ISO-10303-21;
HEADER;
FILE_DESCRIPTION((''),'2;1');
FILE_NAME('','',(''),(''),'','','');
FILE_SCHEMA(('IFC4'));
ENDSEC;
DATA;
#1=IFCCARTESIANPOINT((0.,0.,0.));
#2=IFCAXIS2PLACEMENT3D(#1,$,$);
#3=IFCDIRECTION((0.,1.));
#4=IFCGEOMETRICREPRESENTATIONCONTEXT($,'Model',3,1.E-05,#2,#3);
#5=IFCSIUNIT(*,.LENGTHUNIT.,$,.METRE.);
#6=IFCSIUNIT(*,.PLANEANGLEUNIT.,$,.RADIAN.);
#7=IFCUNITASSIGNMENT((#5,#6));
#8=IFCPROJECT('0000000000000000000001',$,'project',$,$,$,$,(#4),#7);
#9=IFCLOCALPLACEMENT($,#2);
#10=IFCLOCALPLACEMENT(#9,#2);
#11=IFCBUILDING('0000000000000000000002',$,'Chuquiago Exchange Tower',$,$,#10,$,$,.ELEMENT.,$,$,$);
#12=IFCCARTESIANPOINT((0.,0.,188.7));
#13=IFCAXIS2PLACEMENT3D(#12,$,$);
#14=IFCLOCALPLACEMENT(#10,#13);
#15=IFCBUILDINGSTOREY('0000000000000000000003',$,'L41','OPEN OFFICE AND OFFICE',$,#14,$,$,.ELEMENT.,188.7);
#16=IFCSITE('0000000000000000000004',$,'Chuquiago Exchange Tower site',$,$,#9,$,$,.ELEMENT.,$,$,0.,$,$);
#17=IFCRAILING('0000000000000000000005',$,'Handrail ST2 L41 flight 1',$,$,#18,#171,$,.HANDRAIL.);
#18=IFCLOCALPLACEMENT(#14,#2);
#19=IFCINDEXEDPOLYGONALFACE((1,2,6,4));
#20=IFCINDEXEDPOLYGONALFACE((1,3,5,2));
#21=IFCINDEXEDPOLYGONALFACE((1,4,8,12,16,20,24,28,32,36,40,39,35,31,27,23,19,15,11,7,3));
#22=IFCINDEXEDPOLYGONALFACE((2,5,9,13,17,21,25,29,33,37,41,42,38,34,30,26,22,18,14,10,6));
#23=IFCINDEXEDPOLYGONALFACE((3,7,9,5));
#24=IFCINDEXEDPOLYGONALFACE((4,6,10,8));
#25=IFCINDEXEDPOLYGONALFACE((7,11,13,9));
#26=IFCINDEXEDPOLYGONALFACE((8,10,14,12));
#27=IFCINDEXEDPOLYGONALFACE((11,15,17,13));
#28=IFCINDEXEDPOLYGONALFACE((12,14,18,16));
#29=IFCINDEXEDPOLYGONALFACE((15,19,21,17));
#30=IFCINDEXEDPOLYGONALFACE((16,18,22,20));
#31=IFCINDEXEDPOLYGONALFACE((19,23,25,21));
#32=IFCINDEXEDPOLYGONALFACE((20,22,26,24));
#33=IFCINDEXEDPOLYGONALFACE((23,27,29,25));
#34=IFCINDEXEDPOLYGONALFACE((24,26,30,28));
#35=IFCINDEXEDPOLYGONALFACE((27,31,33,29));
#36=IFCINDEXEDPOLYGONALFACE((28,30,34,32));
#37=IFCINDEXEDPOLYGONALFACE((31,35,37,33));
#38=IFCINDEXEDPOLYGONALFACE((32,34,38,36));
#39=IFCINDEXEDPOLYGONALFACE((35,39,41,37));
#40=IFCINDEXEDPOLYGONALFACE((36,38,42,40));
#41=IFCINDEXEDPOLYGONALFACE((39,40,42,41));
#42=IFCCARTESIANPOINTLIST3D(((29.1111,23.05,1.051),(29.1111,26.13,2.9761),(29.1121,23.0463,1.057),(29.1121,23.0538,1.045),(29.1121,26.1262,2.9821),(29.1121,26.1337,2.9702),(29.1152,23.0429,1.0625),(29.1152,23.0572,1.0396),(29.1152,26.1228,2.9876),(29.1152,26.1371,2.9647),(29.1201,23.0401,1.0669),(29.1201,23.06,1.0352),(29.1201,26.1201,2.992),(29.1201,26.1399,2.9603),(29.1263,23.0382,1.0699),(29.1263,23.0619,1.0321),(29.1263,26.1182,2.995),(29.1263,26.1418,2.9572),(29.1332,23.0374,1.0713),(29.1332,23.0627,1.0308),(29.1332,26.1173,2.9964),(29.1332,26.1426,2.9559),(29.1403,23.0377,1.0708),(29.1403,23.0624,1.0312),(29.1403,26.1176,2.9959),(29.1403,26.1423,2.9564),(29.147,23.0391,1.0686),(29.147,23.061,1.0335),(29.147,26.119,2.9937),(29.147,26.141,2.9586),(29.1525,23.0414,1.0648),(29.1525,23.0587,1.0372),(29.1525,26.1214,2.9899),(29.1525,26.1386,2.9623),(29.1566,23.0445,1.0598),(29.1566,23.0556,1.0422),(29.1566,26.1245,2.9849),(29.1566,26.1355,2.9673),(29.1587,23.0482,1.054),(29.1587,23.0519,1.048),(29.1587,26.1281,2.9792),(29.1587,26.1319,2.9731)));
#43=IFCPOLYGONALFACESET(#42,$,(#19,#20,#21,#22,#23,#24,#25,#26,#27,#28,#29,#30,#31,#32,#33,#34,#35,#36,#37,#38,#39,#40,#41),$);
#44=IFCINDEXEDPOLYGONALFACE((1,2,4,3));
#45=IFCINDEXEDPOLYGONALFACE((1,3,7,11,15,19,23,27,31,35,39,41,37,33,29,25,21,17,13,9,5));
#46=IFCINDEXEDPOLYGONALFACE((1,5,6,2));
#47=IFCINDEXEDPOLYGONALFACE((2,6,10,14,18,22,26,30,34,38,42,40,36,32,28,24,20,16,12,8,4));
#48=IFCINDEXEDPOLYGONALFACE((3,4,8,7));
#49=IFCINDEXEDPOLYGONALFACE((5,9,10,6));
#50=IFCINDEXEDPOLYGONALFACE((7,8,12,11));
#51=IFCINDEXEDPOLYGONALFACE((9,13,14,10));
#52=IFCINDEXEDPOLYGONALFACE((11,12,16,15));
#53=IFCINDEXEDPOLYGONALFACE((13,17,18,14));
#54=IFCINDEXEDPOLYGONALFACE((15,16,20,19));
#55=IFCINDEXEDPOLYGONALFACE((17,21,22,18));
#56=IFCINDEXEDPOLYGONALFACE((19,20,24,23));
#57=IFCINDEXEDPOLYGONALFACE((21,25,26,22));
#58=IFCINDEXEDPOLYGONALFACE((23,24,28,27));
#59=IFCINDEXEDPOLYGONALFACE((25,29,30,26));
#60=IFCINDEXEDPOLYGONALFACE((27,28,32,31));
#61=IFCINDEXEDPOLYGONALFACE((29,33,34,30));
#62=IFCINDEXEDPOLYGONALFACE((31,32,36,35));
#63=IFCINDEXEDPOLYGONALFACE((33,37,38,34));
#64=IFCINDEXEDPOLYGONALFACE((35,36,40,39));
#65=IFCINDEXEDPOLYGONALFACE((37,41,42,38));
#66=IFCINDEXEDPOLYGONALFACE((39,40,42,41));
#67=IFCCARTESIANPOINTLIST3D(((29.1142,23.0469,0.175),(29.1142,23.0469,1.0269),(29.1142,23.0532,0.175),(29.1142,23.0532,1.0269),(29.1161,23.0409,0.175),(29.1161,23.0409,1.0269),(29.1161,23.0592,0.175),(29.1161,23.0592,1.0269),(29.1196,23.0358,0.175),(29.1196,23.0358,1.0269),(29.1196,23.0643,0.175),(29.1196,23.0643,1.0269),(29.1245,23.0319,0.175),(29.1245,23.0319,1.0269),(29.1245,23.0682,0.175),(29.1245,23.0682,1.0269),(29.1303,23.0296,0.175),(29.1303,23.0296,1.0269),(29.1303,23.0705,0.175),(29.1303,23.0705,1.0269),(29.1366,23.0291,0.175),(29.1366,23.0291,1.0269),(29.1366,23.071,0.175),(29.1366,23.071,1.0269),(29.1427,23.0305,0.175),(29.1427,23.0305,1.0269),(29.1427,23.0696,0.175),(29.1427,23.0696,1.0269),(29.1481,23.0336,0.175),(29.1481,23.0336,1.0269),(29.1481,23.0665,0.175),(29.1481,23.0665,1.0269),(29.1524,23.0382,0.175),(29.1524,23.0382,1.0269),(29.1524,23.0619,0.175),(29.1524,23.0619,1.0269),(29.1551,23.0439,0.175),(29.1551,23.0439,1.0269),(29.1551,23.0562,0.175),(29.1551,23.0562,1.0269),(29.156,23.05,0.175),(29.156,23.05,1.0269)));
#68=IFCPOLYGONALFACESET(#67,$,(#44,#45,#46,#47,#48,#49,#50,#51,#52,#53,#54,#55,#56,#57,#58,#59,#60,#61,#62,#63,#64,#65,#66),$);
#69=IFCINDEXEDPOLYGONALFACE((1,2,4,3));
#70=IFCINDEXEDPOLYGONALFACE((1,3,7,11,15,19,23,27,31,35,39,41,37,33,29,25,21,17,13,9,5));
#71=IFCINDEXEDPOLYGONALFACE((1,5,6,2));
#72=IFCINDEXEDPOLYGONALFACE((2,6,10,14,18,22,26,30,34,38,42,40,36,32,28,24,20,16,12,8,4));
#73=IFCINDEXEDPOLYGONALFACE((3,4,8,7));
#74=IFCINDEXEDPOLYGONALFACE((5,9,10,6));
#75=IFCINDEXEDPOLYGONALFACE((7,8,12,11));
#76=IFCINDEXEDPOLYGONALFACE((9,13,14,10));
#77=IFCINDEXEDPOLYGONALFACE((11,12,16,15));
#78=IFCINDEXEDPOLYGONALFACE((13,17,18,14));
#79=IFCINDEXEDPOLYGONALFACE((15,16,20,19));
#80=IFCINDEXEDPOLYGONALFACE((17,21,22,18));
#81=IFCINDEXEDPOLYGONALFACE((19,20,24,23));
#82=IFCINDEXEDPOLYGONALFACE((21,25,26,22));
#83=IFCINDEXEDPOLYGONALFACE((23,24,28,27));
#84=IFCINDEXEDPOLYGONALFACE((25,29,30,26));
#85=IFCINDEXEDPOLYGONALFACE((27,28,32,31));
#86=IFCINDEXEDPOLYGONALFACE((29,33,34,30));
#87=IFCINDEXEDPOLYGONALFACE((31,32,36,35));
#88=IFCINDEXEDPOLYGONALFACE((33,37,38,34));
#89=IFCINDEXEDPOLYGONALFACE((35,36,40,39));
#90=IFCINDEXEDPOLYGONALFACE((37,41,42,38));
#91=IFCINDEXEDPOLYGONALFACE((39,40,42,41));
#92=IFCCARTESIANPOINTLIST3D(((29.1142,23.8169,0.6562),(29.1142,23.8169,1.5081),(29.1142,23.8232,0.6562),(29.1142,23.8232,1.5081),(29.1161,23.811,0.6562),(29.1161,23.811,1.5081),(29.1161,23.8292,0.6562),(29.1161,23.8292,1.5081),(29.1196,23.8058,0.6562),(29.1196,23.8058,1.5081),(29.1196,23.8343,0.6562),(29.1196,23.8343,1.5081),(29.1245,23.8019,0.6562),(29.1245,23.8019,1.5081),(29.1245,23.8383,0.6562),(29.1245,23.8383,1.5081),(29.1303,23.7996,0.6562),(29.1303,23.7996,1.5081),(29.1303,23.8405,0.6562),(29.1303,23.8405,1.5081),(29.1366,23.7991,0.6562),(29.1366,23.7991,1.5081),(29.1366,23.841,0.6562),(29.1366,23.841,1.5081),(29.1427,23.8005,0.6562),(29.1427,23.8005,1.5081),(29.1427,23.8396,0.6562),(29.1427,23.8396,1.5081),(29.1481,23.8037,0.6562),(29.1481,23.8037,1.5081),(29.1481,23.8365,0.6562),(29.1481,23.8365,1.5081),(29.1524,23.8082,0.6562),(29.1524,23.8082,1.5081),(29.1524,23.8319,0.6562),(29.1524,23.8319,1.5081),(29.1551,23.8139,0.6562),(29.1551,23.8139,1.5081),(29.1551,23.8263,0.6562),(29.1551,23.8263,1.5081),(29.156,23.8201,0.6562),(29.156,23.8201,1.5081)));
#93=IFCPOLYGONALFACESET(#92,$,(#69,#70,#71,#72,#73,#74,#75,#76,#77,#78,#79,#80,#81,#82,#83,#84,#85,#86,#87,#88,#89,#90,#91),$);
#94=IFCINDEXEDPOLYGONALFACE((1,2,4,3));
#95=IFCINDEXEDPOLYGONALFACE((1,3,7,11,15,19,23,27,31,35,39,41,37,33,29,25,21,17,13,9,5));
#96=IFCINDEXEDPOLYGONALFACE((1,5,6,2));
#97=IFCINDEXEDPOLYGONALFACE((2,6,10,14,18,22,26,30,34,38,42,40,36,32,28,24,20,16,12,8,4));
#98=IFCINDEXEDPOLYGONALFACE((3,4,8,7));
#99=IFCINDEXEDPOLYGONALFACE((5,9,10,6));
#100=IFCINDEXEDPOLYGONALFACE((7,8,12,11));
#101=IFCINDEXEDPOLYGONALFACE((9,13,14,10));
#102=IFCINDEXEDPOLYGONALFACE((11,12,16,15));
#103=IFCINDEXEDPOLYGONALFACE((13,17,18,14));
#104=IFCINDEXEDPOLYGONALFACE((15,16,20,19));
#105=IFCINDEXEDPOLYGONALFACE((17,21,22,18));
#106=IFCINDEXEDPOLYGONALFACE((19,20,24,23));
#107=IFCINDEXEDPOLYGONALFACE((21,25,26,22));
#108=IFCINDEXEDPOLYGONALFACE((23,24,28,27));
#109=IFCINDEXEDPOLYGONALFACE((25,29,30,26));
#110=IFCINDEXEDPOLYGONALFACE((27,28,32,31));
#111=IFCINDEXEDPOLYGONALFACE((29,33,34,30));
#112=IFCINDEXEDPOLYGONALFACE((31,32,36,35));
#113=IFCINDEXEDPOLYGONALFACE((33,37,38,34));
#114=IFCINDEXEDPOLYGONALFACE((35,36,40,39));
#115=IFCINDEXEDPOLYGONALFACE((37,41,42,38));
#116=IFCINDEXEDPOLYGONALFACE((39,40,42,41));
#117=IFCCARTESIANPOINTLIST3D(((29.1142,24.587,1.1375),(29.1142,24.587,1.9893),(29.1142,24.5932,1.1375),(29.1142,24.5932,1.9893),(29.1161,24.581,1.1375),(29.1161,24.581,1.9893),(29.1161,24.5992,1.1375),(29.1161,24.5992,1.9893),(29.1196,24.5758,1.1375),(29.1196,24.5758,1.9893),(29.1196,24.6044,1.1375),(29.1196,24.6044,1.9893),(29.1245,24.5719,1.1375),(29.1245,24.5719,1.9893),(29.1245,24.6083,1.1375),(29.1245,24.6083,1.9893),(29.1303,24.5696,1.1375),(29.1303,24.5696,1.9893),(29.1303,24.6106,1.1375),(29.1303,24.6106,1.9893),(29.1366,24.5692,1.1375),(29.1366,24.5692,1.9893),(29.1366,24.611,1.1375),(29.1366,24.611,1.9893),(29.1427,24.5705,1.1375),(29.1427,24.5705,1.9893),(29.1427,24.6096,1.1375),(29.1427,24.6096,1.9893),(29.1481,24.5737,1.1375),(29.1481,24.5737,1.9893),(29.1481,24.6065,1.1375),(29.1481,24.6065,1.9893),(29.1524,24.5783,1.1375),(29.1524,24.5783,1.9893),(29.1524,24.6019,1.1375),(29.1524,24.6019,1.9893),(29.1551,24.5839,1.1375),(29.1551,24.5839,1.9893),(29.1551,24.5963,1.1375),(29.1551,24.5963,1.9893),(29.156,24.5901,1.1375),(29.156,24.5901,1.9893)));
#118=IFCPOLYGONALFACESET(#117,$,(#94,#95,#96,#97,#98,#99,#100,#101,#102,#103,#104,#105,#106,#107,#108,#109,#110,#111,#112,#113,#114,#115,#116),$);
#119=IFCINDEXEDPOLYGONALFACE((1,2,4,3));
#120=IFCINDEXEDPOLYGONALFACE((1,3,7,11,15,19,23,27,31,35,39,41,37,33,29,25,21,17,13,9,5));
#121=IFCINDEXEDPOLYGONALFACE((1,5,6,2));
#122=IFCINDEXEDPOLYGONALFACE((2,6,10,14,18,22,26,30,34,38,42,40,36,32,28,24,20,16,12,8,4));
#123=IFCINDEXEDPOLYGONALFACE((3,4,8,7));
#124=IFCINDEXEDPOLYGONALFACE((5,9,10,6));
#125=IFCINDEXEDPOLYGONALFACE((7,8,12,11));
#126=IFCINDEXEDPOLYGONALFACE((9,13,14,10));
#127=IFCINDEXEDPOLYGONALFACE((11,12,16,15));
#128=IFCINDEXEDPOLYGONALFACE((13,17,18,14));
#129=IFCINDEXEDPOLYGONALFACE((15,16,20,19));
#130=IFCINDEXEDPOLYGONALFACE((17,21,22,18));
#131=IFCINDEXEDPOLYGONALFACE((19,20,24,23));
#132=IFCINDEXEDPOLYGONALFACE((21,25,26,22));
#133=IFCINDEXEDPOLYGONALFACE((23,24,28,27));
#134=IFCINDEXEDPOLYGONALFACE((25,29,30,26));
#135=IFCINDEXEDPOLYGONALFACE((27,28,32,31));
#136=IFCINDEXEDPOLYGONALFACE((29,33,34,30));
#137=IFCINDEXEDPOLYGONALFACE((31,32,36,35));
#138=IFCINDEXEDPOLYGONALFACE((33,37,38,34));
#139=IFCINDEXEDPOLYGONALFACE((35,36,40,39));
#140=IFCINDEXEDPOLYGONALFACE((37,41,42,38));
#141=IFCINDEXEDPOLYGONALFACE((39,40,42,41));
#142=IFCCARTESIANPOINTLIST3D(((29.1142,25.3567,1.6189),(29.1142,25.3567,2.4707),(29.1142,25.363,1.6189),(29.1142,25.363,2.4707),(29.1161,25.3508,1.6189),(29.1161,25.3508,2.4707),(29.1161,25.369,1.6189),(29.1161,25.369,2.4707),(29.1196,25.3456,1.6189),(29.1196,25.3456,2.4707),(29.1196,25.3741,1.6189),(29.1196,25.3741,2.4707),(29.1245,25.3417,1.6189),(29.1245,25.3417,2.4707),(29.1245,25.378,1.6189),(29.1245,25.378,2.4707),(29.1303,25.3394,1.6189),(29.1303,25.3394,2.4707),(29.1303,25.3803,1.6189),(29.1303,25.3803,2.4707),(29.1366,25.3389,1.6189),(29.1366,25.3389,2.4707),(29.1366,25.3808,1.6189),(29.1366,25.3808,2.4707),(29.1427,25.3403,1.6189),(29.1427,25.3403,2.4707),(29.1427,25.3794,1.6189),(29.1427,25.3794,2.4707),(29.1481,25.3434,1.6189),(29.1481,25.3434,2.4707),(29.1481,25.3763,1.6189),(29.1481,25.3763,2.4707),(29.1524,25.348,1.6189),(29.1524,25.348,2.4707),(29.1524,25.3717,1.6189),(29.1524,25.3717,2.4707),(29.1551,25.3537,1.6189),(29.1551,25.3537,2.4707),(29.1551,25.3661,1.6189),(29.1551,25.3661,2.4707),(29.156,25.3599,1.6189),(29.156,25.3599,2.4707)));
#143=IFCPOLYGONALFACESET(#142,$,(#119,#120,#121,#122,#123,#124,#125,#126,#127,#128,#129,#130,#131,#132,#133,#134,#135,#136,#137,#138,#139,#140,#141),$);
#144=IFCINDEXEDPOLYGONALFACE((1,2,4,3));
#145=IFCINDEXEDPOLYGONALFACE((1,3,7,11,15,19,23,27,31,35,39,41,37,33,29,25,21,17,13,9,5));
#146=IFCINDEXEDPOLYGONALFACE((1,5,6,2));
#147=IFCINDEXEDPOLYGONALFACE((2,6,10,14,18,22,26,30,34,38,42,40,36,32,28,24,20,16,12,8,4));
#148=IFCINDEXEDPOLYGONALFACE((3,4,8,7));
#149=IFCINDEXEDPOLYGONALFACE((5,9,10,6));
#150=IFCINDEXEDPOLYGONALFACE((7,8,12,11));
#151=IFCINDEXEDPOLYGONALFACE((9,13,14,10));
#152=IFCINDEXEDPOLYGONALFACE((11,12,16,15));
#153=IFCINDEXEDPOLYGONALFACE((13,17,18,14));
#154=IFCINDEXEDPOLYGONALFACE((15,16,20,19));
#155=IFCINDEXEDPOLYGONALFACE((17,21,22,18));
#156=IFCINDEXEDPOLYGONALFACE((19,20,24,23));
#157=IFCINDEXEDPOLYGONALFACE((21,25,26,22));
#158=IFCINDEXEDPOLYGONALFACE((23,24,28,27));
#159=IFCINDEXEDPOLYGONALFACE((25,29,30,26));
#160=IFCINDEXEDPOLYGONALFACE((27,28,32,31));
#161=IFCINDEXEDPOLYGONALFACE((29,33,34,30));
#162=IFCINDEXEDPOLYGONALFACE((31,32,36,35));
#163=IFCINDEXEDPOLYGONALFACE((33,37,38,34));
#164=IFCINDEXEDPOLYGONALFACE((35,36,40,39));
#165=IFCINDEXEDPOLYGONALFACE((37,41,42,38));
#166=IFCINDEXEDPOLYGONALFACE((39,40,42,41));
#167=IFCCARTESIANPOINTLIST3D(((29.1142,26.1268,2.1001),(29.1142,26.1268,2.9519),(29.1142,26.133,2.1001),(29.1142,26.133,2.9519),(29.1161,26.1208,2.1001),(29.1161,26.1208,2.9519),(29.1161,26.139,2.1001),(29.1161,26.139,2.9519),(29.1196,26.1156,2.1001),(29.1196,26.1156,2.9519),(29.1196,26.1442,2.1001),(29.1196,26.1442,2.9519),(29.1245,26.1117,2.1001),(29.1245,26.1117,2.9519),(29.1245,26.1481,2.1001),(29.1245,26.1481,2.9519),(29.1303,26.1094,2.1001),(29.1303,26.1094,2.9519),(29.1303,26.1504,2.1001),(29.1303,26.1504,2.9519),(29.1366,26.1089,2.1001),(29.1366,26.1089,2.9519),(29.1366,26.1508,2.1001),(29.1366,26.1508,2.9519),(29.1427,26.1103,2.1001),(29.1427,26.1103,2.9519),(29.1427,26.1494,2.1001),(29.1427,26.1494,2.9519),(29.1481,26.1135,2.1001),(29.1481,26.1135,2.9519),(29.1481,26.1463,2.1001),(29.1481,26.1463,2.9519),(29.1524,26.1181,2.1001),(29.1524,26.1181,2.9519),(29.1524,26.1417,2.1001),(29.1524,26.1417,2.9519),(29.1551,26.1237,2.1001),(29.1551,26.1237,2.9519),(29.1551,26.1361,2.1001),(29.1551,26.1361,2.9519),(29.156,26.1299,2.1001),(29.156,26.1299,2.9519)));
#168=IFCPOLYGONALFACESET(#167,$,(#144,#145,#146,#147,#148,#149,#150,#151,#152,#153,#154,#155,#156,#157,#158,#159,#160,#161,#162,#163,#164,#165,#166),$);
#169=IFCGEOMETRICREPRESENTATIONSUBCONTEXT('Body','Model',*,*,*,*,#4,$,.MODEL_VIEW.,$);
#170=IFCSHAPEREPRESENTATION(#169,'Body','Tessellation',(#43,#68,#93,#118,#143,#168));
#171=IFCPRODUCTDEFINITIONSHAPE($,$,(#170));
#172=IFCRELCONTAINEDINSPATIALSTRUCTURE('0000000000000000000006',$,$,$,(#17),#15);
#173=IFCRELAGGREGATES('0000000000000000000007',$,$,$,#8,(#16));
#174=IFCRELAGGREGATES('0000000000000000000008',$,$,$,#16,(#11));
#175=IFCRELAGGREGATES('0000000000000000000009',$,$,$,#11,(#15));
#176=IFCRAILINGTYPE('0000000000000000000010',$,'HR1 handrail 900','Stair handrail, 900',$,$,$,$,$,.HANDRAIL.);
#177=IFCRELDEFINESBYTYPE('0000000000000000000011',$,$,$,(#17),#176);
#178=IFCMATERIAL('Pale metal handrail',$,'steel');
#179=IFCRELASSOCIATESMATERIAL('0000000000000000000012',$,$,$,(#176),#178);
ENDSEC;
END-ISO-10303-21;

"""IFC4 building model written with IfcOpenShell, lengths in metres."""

from ifc_helpers import new_model, si_unit, direction, frame, origin, origin_2d, place, context, subcontext, project, spatial, circle, extrude, material, type_object, element, save


model = new_model("IFC4")

# Units and contexts
model_context = context("Model", 3, precision=1e-05, world=origin(), true_north=direction((0.0, 1.0)))
body_context = subcontext(model_context, "Body", "Model", "MODEL_VIEW")
ifc_project = project(units=[si_unit("LENGTHUNIT", "METRE"), si_unit("PLANEANGLEUNIT", "RADIAN")], contexts=[model_context])

# Site, building, storey
site_placement = place(None, origin())
site = spatial("IfcSite", under=ifc_project, at=site_placement, Name="Chuquiago Exchange Tower site", CompositionType="ELEMENT", RefElevation=0.0)
building_placement = place(site_placement, origin())
building = spatial("IfcBuilding", under=site, at=building_placement, Name="Chuquiago Exchange Tower", CompositionType="ELEMENT")
storey_placement = place(building_placement, frame((0.0, 0.0, 188.7)))
storey = spatial("IfcBuildingStorey", under=building, at=storey_placement, Name="L41", Description="OPEN OFFICE AND OFFICE", CompositionType="ELEMENT", Elevation=188.7)

# Railing
ifc_material_1 = material(Name="Pale metal handrail", Category="steel")
railing_type_1 = type_object("IfcRailingType", Name="HR1 handrail 900", Description="Stair handrail, 900", PredefinedType="HANDRAIL", material=ifc_material_1)
for number, where, name in (
    (1, (29.135, 23.05, 0.175), "Handrail ST2 L41 flight 1"),
):
    element("IfcRailing", number, at=place(storey_placement, frame(where)), inside=storey, type_object=railing_type_1, Name=name, PredefinedType="HANDRAIL", context=body_context, shape_type="SweptSolid", body=[
        extrude(circle(Radius=0.0239, at=origin_2d()), frame((0.0, 0.0, 0.876), z_axis=(0.0, 0.847979, 0.530029), x_axis=(-1.0, 0.0, 0.0)), (0.0, 0.0, 1.0), 3.6321),
        extrude(circle(Radius=0.021, at=origin_2d()), origin(), (0.0, 0.0, 1.0), 0.8518),
        extrude(circle(Radius=0.021, at=origin_2d()), frame((0.0, 0.77, 0.4812)), (0.0, 0.0, 1.0), 0.8518),
        extrude(circle(Radius=0.021, at=origin_2d()), frame((0.0, 1.54, 0.9624)), (0.0, 0.0, 1.0), 0.8518),
        extrude(circle(Radius=0.021, at=origin_2d()), frame((0.0, 2.3098, 1.4438)), (0.0, 0.0, 1.0), 0.8518),
        extrude(circle(Radius=0.021, at=origin_2d()), frame((0.0, 3.0798, 1.925)), (0.0, 0.0, 1.0), 0.8518),
    ])

save(model, "model.ifc")
